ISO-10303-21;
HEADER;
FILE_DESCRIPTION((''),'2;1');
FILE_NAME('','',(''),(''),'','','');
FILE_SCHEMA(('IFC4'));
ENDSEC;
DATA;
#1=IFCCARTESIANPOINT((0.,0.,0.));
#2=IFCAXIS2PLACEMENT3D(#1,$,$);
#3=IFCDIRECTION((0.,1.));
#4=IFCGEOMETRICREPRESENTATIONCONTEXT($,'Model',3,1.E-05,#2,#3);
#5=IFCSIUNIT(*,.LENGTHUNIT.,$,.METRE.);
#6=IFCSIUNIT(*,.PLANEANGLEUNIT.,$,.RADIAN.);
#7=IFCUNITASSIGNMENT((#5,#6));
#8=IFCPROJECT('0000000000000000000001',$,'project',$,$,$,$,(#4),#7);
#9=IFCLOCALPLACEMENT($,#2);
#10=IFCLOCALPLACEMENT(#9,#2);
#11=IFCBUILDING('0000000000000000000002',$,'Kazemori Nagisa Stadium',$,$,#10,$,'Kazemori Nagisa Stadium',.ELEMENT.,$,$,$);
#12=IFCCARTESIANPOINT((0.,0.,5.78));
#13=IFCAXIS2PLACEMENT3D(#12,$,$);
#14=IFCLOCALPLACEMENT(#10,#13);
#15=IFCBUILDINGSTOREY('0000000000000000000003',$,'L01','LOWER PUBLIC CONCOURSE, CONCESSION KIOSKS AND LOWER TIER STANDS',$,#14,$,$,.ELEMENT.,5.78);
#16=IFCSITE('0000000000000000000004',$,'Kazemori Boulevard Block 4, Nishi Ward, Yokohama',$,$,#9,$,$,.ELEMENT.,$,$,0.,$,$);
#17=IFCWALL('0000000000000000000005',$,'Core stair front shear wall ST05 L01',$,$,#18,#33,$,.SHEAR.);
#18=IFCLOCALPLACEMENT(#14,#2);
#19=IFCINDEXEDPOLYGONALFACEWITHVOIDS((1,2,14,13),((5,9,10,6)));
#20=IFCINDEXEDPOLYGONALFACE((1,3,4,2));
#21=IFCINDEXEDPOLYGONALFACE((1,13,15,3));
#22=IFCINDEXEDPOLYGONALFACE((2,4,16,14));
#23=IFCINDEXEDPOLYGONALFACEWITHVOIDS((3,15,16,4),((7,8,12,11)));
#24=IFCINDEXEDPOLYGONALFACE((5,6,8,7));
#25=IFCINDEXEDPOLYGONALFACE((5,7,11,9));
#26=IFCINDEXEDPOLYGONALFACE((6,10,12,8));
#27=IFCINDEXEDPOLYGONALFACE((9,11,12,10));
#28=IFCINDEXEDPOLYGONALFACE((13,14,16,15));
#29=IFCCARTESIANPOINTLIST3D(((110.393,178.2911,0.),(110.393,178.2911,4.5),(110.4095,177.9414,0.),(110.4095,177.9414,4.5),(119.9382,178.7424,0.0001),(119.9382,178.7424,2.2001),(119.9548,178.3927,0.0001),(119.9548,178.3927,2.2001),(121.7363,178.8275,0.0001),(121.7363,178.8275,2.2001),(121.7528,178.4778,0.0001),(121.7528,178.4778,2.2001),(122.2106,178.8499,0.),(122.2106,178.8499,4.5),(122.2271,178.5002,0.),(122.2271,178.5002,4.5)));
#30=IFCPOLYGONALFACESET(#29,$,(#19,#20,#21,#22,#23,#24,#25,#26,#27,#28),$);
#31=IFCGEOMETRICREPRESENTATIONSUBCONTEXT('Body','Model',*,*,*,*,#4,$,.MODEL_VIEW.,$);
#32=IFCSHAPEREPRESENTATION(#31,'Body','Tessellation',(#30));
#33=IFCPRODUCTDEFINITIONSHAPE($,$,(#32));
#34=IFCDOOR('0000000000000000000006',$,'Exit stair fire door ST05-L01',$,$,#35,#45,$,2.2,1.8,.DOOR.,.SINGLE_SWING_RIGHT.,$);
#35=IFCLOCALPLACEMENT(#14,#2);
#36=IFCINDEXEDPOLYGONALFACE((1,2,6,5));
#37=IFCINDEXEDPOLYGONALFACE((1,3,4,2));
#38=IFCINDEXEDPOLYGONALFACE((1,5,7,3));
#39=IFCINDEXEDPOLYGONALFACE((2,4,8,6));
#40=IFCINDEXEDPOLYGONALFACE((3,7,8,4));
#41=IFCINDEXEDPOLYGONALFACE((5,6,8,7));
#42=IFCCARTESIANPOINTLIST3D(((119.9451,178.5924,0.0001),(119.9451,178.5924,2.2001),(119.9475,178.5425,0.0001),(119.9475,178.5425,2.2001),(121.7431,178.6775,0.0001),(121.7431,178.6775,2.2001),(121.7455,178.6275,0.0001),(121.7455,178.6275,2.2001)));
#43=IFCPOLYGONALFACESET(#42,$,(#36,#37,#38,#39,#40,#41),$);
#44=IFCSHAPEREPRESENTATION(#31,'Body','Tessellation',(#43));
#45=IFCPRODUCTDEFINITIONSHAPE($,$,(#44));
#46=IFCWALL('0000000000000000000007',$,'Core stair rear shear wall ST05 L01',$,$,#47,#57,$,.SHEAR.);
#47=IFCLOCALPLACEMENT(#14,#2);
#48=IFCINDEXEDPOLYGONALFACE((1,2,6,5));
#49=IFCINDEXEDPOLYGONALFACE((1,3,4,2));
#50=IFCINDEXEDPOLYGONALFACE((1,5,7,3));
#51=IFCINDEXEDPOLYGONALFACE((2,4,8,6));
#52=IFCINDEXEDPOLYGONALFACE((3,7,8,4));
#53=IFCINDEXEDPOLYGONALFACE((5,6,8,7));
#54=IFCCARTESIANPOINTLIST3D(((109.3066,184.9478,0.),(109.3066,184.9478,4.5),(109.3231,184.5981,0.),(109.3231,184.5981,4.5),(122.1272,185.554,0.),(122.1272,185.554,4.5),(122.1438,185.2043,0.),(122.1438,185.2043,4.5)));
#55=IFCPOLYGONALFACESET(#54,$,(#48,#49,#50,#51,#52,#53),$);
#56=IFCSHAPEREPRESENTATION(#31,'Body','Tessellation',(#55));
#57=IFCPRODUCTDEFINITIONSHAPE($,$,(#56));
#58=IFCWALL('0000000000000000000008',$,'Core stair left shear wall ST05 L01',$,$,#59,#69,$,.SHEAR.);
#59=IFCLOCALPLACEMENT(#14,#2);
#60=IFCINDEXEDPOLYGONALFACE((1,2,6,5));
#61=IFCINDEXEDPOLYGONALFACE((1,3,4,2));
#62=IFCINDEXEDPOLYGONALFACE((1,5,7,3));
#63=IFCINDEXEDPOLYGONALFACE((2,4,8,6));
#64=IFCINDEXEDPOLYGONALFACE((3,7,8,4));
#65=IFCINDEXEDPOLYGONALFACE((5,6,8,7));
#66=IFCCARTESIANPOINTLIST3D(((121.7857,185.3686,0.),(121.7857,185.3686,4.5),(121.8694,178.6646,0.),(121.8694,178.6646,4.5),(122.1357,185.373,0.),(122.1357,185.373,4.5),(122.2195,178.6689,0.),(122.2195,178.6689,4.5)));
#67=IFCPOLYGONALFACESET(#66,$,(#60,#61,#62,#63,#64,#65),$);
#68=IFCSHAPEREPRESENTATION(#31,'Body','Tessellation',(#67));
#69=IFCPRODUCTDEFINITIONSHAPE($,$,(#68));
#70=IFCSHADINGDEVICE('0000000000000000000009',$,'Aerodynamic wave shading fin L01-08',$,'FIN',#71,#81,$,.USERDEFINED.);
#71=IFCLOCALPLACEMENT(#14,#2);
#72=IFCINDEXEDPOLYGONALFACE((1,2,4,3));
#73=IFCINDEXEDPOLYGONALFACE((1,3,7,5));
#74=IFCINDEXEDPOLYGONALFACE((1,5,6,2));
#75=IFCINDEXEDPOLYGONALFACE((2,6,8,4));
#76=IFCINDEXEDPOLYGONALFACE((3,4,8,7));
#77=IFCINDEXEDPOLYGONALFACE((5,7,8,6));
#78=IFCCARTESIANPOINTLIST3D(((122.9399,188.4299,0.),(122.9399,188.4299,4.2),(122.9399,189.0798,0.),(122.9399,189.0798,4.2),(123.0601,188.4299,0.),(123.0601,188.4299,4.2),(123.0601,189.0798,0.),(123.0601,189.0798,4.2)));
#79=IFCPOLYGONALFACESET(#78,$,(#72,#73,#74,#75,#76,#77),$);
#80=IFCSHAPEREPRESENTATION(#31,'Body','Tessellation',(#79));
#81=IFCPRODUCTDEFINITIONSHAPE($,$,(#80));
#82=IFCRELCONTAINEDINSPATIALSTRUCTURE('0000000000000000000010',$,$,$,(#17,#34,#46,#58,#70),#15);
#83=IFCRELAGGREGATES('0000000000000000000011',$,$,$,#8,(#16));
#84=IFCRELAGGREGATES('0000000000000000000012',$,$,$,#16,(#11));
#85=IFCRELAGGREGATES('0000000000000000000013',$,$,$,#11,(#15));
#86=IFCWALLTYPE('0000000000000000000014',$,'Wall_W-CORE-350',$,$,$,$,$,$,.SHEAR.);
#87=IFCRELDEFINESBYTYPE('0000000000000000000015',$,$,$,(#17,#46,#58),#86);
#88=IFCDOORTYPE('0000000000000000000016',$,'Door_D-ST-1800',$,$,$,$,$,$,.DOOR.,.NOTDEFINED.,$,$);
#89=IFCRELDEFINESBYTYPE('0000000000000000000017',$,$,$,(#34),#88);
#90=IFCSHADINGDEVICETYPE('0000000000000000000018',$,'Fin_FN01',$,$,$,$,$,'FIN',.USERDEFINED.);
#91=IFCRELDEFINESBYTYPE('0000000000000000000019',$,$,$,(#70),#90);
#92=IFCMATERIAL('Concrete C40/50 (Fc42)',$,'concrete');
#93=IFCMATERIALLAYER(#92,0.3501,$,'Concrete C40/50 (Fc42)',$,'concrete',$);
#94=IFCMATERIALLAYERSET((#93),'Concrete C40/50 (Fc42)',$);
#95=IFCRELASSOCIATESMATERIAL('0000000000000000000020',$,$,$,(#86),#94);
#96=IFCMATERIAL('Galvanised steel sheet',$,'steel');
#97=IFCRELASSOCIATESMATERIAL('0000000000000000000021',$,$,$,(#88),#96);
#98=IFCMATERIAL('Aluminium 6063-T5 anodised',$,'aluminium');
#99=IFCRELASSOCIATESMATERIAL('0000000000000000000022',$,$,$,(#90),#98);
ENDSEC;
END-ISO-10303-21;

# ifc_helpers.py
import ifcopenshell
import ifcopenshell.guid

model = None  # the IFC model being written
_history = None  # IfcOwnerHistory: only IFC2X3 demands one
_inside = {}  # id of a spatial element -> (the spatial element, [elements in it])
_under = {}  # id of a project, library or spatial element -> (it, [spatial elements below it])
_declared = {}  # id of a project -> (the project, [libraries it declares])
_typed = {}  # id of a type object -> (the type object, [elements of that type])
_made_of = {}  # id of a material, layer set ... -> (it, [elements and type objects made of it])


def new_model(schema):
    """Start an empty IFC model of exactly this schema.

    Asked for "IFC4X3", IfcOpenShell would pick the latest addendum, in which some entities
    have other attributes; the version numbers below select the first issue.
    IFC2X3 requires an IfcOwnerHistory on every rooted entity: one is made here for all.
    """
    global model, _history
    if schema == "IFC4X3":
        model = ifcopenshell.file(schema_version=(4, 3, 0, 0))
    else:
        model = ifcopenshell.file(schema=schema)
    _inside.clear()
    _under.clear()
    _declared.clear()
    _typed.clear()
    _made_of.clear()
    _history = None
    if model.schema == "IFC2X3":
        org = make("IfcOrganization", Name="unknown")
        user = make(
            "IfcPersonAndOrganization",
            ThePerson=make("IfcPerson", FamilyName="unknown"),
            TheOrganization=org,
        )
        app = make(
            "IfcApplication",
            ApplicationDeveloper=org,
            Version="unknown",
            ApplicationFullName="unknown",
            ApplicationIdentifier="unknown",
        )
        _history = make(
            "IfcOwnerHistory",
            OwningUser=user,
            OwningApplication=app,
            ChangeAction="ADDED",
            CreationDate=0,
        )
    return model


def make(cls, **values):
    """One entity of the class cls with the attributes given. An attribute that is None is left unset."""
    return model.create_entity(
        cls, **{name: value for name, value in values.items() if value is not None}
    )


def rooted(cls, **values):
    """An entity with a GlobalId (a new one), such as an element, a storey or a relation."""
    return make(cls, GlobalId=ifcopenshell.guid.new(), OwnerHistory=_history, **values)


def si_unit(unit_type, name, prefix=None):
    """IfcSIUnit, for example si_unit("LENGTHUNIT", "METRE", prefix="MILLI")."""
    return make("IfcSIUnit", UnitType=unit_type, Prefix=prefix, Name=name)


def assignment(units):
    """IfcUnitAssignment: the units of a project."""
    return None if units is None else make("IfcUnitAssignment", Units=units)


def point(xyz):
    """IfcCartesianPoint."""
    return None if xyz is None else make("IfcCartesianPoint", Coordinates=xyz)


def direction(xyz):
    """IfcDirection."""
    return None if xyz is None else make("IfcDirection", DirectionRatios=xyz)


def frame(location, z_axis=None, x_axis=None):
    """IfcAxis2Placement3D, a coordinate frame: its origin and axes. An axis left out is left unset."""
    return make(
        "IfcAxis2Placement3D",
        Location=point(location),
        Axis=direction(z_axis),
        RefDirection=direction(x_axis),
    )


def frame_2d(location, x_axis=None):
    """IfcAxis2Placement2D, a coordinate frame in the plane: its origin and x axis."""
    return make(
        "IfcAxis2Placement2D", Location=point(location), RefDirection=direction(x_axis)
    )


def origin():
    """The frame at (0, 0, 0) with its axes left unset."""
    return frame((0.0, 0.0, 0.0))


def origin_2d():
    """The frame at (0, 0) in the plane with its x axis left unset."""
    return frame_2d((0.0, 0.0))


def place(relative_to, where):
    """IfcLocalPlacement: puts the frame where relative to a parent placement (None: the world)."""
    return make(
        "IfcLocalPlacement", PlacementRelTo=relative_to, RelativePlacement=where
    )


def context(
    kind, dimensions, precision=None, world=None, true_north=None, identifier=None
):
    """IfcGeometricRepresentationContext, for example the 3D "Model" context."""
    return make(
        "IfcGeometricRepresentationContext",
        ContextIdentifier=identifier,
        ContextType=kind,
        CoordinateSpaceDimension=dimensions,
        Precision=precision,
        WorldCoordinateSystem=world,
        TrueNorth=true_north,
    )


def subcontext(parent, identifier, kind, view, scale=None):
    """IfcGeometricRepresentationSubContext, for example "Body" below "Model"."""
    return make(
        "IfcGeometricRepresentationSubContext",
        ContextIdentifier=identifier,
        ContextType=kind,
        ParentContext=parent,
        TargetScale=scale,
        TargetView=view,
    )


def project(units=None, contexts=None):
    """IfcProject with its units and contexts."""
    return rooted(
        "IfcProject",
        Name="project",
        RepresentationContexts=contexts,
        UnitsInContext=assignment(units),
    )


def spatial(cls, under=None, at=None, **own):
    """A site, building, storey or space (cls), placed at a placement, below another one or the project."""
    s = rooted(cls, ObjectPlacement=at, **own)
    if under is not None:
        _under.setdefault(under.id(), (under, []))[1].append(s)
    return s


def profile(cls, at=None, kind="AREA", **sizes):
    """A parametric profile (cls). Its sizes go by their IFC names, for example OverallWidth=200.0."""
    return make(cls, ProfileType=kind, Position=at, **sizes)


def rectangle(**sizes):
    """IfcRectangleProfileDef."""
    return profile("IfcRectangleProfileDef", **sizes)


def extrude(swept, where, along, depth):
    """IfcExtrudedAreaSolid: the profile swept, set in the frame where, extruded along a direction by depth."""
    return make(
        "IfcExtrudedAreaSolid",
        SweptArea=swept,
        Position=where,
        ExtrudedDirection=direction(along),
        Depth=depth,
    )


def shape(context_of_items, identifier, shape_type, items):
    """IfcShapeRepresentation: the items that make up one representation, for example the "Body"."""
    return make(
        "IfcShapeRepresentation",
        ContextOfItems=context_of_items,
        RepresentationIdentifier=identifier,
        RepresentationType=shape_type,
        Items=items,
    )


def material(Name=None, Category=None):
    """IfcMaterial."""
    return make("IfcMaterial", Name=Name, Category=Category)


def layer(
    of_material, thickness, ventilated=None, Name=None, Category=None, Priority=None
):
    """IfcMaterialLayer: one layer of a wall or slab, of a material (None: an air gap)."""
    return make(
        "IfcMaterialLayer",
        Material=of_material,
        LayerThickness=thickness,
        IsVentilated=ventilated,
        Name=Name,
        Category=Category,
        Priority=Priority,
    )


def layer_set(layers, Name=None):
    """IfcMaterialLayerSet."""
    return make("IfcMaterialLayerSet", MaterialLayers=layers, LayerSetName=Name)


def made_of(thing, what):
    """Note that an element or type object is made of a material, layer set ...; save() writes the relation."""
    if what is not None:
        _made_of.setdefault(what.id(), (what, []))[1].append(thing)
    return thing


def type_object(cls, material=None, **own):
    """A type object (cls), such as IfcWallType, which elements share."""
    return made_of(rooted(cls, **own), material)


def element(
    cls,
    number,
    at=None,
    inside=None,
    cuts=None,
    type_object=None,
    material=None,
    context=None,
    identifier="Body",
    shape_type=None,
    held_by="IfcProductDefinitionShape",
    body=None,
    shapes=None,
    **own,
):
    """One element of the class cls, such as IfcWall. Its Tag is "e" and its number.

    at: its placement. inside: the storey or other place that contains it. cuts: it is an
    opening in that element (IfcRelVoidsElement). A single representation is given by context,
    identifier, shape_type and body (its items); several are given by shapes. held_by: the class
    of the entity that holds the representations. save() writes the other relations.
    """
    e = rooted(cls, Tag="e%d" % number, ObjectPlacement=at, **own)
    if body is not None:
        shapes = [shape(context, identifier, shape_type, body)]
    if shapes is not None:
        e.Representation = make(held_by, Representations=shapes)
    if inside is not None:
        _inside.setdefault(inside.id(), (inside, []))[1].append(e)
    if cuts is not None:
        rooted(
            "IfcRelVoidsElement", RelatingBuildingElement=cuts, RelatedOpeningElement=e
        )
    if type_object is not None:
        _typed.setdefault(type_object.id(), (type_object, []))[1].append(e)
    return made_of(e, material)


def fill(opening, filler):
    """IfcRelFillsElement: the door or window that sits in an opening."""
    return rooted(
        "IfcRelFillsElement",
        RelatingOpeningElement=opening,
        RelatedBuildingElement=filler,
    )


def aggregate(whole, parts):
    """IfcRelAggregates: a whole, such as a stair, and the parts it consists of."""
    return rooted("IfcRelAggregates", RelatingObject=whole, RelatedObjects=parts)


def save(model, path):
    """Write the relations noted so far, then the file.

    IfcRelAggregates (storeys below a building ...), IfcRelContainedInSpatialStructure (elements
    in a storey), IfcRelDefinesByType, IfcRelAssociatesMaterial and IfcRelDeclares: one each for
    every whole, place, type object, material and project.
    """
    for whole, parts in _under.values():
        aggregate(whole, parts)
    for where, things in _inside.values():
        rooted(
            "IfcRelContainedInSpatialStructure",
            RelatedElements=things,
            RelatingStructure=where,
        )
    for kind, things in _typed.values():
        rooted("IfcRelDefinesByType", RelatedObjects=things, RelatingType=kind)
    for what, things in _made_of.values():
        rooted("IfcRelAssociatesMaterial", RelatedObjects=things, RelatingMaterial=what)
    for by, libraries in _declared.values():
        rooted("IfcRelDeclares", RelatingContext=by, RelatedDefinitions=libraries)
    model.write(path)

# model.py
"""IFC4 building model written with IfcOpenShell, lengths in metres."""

from ifc_helpers import new_model, si_unit, direction, frame, frame_2d, origin, origin_2d, place, context, subcontext, project, spatial, rectangle, extrude, material, layer, layer_set, type_object, element, fill, save


model = new_model("IFC4")

# Units and contexts
model_context = context("Model", 3, precision=1e-05, world=origin(), true_north=direction((0.0, 1.0)))
body_context = subcontext(model_context, "Body", "Model", "MODEL_VIEW")
ifc_project = project(units=[si_unit("LENGTHUNIT", "METRE"), si_unit("PLANEANGLEUNIT", "RADIAN")], contexts=[model_context])

# Site, building, storey
site_placement = place(None, origin())
site = spatial("IfcSite", under=ifc_project, at=site_placement, Name="Kazemori Boulevard Block 4, Nishi Ward, Yokohama", CompositionType="ELEMENT", RefElevation=0.0)
building_placement = place(site_placement, origin())
building = spatial("IfcBuilding", under=site, at=building_placement, Name="Kazemori Nagisa Stadium", LongName="Kazemori Nagisa Stadium", CompositionType="ELEMENT")
storey_placement = place(building_placement, frame((0.0, 0.0, 5.78)))
storey = spatial("IfcBuildingStorey", under=building, at=storey_placement, Name="L01", Description="LOWER PUBLIC CONCOURSE, CONCESSION KIOSKS AND LOWER TIER STANDS", CompositionType="ELEMENT", Elevation=5.78)

# Shared definitions
ifc_material_1 = material(Name="Concrete C40/50 (Fc42)", Category="concrete")

# Shared definitions
ifc_material_2 = material(Name="Aluminium 6063-T5 anodised", Category="aluminium")

# Wall, opening, door
ifc_layer_1 = layer(ifc_material_1, 0.3501, Name="Concrete C40/50 (Fc42)", Category="concrete")
ifc_layer_set_1 = layer_set([ifc_layer_1], Name="Concrete C40/50 (Fc42)")
wall_type = type_object("IfcWallType", Name="Wall_W-CORE-350", PredefinedType="SHEAR", material=ifc_layer_set_1)
wall_1_placement = place(storey_placement, frame((122.219, 178.675, 0.0), z_axis=(0.0, 0.0, 1.0), x_axis=(-0.998884, -0.047236, 0.0)))
wall_1 = element("IfcWall", 1, at=wall_1_placement, inside=storey, type_object=wall_type, Name="Core stair front shear wall ST05 L01", PredefinedType="SHEAR", context=body_context, shape_type="SweptSolid", body=[
    extrude(rectangle(XDim=11.8308, YDim=0.3501, at=frame_2d((5.9155, 0.0))), origin(), (0.0, 0.0, 1.0), 4.5),
])
opening_placement = place(wall_1_placement, frame((0.4751, 0.0, 0.0)))
opening = element("IfcOpeningElement", 2, at=opening_placement, cuts=wall_1, PredefinedType="OPENING", context=body_context, shape_type="SweptSolid", body=[
    extrude(rectangle(XDim=1.8, YDim=2.2, at=frame_2d((0.8999, 1.1001))), frame((0.0, 0.1851, 0.0), z_axis=(0.0, -1.0, 0.0), x_axis=(1.0, 0.0, 0.0)), (0.0, 0.0, 1.0), 0.3701),
])
ifc_material_3 = material(Name="Galvanised steel sheet", Category="steel")
door_type = type_object("IfcDoorType", Name="Door_D-ST-1800", OperationType="NOTDEFINED", PredefinedType="DOOR", material=ifc_material_3)
door_placement = place(opening_placement, frame((1.8, 0.0, 0.0), z_axis=(0.0, 0.0, 1.0), x_axis=(-1.0, 0.0, 0.0)))
door = element("IfcDoor", 3, at=door_placement, inside=storey, type_object=door_type, Name="Exit stair fire door ST05-L01", OperationType="SINGLE_SWING_RIGHT", OverallHeight=2.2, OverallWidth=1.8, PredefinedType="DOOR", context=body_context, shape_type="SweptSolid", body=[
    extrude(rectangle(XDim=1.8, YDim=2.2, at=frame_2d((0.8999, 1.1001))), frame((0.0, 0.0249, 0.0), z_axis=(0.0, -1.0, 0.0), x_axis=(1.0, 0.0, 0.0)), (0.0, 0.0, 1.0), 0.05),
])
fill(opening, door)

# Walls
wall_2_placement = place(storey_placement, frame((122.1355, 185.3792, 0.0), z_axis=(0.0, 0.0, 1.0), x_axis=(-0.998884, -0.047231, 0.0)))
element("IfcWall", 4, at=wall_2_placement, inside=storey, type_object=wall_type, Name="Core stair rear shear wall ST05 L01", PredefinedType="SHEAR", context=body_context, shape_type="SweptSolid", body=[
    extrude(rectangle(XDim=12.835, YDim=0.3501, at=frame_2d((6.4175, 0.0))), origin(), (0.0, 0.0, 1.0), 4.5),
])
wall_3_placement = place(storey_placement, frame((122.0444, 178.6667, 0.0), z_axis=(0.0, 0.0, 1.0), x_axis=(-0.01249, 0.999922, 0.0)))
element("IfcWall", 5, at=wall_3_placement, inside=storey, type_object=wall_type, Name="Core stair left shear wall ST05 L01", PredefinedType="SHEAR", context=body_context, shape_type="SweptSolid", body=[
    extrude(rectangle(XDim=6.7046, YDim=0.3501, at=frame_2d((3.3523, 0.0))), origin(), (0.0, 0.0, 1.0), 4.5),
])

# Shading device
shading_device_type = type_object("IfcShadingDeviceType", Name="Fin_FN01", ElementType="FIN", PredefinedType="USERDEFINED", material=ifc_material_2)
shading_device_placement = place(storey_placement, frame((123.0, 188.7549, 0.0), z_axis=(0.0, 0.0, 1.0), x_axis=(0.0, 1.0, 0.0)))
element("IfcShadingDevice", 6, at=shading_device_placement, inside=storey, type_object=shading_device_type, Name="Aerodynamic wave shading fin L01-08", ObjectType="FIN", PredefinedType="USERDEFINED", context=body_context, shape_type="SweptSolid", body=[
    extrude(rectangle(XDim=0.6499, YDim=0.1201, at=origin_2d()), origin(), (0.0, 0.0, 1.0), 4.2),
])

save(model, "model.ifc")
